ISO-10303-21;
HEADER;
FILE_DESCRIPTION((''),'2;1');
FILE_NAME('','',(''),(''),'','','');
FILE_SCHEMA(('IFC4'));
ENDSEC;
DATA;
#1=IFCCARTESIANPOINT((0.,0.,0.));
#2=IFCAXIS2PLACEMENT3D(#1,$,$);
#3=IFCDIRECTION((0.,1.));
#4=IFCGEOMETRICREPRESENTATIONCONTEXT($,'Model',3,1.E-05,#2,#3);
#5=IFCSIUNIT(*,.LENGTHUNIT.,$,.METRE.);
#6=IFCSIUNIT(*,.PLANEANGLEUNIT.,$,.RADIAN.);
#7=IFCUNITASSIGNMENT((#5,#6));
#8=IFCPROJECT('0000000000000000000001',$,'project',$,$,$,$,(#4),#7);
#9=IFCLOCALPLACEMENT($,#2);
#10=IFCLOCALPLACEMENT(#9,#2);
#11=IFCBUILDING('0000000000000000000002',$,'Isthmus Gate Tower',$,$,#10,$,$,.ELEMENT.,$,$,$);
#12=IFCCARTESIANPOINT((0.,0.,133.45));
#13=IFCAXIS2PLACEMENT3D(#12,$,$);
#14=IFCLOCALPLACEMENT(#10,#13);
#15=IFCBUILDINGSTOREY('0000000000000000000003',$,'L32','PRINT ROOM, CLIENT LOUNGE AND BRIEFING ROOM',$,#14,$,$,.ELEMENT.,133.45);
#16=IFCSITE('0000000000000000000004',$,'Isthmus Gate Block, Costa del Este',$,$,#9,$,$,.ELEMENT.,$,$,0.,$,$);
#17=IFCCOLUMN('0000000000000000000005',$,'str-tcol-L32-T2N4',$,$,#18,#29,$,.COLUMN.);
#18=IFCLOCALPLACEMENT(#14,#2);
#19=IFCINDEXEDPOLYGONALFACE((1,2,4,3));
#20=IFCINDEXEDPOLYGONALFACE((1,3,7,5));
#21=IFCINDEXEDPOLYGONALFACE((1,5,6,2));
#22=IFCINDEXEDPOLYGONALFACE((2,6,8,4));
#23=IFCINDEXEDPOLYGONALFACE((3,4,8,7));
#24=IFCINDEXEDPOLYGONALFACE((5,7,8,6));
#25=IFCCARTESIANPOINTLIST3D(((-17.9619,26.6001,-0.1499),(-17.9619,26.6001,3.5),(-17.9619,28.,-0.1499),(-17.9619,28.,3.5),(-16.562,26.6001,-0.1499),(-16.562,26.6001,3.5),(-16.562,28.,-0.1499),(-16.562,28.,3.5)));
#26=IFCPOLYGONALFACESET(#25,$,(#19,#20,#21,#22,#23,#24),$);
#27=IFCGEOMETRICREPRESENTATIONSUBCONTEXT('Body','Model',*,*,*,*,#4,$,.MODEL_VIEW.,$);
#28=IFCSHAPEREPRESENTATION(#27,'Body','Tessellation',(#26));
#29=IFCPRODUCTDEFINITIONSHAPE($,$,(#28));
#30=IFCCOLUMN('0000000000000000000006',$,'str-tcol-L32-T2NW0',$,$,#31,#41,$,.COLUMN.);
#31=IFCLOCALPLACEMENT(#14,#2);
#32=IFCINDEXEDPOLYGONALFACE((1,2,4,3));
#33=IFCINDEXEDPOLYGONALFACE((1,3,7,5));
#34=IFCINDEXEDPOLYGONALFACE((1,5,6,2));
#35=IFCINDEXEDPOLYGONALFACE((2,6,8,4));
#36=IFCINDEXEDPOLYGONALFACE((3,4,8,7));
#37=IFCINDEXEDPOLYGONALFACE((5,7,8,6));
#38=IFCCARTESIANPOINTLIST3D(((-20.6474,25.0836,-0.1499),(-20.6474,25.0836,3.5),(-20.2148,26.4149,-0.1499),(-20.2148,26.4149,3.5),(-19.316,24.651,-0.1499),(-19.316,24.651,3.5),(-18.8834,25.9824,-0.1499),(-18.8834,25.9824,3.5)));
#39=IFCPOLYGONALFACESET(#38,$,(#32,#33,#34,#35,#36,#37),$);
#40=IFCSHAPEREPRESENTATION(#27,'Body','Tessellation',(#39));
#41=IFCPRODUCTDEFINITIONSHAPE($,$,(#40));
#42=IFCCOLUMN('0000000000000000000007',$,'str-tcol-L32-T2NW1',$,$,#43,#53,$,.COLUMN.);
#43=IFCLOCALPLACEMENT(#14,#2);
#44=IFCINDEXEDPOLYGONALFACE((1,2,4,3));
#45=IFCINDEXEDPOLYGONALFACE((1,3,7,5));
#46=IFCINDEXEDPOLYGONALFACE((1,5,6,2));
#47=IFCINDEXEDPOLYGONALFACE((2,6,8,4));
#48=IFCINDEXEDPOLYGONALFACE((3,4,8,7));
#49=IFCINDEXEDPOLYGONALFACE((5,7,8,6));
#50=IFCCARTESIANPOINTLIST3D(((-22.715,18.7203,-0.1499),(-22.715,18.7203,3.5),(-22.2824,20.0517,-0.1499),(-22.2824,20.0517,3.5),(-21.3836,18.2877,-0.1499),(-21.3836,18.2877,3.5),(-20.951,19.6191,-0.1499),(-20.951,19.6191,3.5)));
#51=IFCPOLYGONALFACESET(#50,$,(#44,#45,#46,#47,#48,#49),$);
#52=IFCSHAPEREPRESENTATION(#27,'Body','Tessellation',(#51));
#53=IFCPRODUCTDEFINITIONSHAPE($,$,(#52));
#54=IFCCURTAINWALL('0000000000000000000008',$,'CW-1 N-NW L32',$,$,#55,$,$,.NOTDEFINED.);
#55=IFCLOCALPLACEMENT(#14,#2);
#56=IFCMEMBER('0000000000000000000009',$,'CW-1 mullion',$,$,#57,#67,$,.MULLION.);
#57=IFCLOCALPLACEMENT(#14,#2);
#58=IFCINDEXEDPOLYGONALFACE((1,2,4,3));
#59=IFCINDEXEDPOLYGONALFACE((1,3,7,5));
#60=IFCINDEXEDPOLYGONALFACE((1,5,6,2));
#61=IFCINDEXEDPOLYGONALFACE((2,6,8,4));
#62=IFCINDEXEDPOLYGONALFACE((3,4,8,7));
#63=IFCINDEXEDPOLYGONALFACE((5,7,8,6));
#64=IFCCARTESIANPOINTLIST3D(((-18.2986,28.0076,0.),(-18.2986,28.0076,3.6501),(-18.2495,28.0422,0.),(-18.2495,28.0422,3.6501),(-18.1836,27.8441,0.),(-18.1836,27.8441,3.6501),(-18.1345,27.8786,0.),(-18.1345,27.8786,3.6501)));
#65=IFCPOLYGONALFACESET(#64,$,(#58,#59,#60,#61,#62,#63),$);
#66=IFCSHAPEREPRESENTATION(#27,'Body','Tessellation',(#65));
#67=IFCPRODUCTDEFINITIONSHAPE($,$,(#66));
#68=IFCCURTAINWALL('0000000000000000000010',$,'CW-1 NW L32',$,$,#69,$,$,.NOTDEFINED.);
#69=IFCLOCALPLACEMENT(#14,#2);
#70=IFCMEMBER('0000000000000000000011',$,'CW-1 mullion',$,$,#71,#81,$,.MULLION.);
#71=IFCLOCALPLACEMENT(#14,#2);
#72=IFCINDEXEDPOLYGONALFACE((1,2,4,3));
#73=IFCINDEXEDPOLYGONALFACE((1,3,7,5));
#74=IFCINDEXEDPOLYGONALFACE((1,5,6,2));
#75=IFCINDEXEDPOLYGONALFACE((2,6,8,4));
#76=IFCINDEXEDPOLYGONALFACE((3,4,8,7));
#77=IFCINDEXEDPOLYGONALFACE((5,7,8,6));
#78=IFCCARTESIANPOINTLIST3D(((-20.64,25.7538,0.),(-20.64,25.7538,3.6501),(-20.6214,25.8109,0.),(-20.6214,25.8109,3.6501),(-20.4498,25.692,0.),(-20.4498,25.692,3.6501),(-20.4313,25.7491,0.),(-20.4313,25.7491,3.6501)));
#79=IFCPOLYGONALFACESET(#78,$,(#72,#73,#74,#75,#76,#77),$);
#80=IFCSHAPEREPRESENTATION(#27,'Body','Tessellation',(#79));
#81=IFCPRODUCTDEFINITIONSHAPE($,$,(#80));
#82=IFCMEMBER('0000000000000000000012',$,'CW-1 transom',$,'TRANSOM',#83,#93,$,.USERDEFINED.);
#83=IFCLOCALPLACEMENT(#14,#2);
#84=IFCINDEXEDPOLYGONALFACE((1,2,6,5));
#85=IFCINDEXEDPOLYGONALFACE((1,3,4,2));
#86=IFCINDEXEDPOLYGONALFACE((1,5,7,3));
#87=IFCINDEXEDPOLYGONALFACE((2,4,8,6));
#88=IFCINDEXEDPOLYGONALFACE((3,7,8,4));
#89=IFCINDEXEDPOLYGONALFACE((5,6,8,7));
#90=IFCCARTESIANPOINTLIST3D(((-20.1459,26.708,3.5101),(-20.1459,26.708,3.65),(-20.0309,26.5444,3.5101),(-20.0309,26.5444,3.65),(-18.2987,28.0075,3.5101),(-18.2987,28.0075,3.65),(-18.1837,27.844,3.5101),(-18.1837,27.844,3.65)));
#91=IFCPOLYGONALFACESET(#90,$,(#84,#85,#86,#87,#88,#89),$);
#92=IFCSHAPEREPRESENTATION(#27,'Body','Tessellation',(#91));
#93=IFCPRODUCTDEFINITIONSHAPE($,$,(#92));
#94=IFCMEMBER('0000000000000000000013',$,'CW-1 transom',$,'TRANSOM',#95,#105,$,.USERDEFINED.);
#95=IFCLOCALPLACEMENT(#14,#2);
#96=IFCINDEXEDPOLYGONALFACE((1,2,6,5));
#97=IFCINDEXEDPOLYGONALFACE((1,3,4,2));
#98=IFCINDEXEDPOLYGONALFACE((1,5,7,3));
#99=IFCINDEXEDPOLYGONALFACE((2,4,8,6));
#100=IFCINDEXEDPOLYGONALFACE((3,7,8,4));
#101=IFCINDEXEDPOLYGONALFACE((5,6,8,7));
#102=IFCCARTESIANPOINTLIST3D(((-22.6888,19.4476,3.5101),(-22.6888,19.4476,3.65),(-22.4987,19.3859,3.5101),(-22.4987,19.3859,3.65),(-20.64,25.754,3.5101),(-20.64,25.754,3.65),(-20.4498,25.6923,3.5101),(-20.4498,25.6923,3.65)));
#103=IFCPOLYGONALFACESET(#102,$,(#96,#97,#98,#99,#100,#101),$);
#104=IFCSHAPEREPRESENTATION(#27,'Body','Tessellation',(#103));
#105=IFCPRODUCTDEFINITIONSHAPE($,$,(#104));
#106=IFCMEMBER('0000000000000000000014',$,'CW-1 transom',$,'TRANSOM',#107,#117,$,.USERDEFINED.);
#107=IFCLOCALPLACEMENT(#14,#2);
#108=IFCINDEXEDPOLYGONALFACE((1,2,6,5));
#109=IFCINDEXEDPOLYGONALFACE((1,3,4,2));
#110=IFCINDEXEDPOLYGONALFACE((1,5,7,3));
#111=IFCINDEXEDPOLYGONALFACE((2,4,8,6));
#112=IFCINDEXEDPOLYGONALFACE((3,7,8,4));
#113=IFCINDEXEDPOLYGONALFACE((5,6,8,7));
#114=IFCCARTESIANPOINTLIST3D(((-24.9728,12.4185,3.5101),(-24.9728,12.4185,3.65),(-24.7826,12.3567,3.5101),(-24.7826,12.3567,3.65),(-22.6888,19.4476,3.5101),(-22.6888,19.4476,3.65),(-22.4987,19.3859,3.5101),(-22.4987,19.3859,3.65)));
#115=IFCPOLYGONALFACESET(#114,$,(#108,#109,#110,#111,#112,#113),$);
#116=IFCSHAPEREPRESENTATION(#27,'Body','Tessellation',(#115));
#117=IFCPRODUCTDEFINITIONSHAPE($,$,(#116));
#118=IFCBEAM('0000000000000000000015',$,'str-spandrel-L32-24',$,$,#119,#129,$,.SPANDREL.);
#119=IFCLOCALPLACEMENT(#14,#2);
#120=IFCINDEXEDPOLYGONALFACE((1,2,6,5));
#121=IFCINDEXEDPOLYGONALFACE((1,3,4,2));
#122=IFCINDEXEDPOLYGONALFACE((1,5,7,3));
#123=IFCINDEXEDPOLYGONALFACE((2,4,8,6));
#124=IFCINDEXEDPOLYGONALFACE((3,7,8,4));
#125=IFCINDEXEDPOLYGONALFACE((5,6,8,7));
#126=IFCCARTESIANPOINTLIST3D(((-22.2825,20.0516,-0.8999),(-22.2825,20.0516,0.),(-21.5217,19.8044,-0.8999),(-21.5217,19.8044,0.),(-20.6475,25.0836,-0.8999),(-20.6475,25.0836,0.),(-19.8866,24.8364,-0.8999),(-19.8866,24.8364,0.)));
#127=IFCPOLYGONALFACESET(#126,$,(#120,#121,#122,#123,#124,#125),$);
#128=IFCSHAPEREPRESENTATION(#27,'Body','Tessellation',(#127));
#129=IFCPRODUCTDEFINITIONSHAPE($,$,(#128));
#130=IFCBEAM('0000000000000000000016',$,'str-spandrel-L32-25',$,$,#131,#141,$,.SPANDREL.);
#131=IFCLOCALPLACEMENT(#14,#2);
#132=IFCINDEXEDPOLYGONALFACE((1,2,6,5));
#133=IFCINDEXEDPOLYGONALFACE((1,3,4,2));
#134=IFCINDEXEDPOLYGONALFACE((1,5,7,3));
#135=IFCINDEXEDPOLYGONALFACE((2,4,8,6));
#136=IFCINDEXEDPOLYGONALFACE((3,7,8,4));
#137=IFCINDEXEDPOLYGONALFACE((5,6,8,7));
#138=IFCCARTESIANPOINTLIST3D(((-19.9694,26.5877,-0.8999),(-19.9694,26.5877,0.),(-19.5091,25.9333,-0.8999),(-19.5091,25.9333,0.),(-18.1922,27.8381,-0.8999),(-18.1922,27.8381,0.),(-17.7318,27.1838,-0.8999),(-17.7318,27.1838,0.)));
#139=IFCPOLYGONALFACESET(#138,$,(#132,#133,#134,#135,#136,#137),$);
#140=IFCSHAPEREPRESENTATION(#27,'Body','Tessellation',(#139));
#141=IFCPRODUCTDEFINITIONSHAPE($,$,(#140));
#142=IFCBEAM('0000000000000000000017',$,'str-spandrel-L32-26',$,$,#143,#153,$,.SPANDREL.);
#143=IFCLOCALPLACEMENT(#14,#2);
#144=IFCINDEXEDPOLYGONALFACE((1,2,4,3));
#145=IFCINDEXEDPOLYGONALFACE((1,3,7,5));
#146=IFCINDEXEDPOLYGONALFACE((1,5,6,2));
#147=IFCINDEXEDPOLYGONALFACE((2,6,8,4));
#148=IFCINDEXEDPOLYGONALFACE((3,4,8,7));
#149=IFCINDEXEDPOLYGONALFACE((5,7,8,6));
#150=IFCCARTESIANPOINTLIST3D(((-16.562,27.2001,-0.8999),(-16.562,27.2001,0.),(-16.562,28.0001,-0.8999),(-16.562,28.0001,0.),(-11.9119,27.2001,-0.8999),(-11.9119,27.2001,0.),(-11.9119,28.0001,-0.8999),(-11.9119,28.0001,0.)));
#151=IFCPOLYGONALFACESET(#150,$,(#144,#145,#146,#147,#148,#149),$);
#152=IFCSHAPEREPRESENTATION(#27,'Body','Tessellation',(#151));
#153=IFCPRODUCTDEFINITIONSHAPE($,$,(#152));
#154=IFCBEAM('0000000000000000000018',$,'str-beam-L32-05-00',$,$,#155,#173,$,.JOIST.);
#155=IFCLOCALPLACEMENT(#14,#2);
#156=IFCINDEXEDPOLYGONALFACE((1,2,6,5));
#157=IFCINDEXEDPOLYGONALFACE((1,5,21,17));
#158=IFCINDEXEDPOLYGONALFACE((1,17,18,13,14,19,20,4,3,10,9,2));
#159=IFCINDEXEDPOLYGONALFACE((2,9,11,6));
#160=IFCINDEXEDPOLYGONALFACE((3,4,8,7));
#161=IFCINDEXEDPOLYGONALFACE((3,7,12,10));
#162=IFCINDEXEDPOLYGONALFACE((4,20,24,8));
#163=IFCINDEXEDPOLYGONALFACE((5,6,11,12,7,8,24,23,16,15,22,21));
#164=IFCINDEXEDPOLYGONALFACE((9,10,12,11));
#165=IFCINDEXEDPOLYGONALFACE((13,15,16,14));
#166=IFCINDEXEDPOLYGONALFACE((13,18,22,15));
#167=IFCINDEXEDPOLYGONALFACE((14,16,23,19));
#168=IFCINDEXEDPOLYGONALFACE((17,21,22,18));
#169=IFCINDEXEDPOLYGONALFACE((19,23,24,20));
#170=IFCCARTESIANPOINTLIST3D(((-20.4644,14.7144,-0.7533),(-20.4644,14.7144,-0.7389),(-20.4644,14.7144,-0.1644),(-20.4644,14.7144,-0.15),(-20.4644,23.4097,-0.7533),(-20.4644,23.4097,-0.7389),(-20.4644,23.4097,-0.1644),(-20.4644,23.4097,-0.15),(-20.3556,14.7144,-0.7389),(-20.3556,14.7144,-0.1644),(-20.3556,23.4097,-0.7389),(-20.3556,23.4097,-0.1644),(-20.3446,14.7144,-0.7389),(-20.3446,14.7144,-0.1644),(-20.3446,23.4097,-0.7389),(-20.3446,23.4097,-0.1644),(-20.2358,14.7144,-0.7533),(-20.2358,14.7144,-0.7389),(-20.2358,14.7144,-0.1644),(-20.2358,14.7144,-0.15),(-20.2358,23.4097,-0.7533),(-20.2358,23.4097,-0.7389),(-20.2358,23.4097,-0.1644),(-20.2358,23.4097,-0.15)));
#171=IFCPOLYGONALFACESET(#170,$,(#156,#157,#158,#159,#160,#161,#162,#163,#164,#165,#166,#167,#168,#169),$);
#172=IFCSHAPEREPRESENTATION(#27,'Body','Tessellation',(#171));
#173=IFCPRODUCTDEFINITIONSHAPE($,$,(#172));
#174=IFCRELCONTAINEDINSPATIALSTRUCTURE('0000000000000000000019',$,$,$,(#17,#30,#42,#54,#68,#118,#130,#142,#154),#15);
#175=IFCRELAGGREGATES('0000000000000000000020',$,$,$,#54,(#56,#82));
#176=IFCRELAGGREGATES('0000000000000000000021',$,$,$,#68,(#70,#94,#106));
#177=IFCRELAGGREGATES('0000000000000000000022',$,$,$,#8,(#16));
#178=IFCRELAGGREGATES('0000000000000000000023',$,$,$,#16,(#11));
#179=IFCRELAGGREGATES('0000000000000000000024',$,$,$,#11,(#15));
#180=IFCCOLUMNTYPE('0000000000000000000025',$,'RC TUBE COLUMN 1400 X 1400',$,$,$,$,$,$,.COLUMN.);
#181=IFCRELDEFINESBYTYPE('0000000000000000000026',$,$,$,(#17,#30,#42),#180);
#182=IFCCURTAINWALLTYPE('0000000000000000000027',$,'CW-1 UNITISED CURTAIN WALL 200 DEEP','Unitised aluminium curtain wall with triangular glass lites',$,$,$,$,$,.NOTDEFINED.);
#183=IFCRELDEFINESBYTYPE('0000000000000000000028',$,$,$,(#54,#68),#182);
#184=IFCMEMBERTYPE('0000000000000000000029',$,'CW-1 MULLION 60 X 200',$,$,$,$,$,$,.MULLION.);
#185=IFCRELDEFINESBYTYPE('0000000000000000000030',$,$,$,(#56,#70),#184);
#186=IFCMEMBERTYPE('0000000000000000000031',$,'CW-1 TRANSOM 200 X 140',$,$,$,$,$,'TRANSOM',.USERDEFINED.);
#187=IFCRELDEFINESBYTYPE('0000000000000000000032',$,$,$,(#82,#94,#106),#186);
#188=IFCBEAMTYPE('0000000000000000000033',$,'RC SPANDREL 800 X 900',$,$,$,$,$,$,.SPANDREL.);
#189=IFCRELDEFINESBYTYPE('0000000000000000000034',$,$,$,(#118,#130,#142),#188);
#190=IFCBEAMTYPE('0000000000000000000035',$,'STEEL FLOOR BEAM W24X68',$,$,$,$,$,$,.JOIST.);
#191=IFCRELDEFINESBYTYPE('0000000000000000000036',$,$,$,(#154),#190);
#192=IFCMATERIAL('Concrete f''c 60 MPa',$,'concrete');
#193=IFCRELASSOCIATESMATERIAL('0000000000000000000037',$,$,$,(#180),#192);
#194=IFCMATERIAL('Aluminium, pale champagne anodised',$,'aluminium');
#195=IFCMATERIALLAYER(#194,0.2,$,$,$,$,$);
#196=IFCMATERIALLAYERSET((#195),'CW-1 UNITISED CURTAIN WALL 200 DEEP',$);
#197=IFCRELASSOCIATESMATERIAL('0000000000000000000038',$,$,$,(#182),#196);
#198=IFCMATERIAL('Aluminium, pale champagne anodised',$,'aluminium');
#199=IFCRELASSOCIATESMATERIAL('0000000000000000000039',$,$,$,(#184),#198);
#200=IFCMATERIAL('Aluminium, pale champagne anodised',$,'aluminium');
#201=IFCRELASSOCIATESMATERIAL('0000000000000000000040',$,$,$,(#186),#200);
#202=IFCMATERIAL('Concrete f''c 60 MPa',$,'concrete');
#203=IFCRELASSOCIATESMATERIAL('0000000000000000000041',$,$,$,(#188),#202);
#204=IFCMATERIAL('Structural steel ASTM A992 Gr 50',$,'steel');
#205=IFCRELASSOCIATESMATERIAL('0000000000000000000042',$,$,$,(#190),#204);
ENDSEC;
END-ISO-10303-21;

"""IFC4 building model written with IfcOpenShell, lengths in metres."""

from ifc_helpers import new_model, si_unit, direction, frame, origin, origin_2d, place, context, subcontext, project, spatial, rectangle, i_section, extrude, material, layer, layer_set, material_profile, profile_set, type_object, element, aggregate, save


model = new_model("IFC4")

# Units and contexts
model_context = context("Model", 3, precision=1e-05, world=origin(), true_north=direction((0.0, 1.0)))
body_context = subcontext(model_context, "Body", "Model", "MODEL_VIEW")
ifc_project = project(units=[si_unit("LENGTHUNIT", "METRE"), si_unit("PLANEANGLEUNIT", "RADIAN")], contexts=[model_context])

# Site, building, storey
site_placement = place(None, origin())
site = spatial("IfcSite", under=ifc_project, at=site_placement, Name="Isthmus Gate Block, Costa del Este", CompositionType="ELEMENT", RefElevation=0.0)
building_placement = place(site_placement, origin())
building = spatial("IfcBuilding", under=site, at=building_placement, Name="Isthmus Gate Tower", CompositionType="ELEMENT")
storey_placement = place(building_placement, frame((0.0, 0.0, 133.45)))
storey = spatial("IfcBuildingStorey", under=building, at=storey_placement, Name="L32", Description="PRINT ROOM, CLIENT LOUNGE AND BRIEFING ROOM", CompositionType="ELEMENT", Elevation=133.45)

# Columns
ifc_material_1 = material(Name="Concrete f'c 60 MPa", Category="concrete")
ifc_material_profile_1 = material_profile(ifc_material_1, rectangle(XDim=1.3999, YDim=1.3999, at=origin_2d()), Name="RC 1400X1400")
ifc_profile_set_1 = profile_set([ifc_material_profile_1], Name="Concrete f'c 60 MPa")
column_type = type_object("IfcColumnType", Name="RC TUBE COLUMN 1400 X 1400", PredefinedType="COLUMN", material=ifc_profile_set_1)
for number, where, z_axis, x_axis, name in (
    (1, (-17.262, 27.3, -0.1499), (0.0, 0.0, 1.0), (-1.0, 0.0, 0.0), "str-tcol-L32-T2N4"),
    (2, (-19.7654, 25.533, -0.1499), (0.0, 0.0, 1.0), (-0.309017, -0.951057, 0.0), "str-tcol-L32-T2NW0"),
    (3, (-21.833, 19.1697, -0.1499), (0.0, 0.0, 1.0), (-0.309017, -0.951057, 0.0), "str-tcol-L32-T2NW1"),
):
    element("IfcColumn", number, at=place(storey_placement, frame(where, z_axis=z_axis, x_axis=x_axis)), inside=storey, type_object=column_type, Name=name, PredefinedType="COLUMN", context=body_context, shape_type="SweptSolid", body=[
        extrude(rectangle(XDim=1.3999, YDim=1.3999, at=origin_2d()), origin(), (0.0, 0.0, 1.0), 3.6499),
    ])

# Curtain walls, members
ifc_material_2 = material(Name="Aluminium, pale champagne anodised", Category="aluminium")
ifc_layer_1 = layer(ifc_material_2, 0.2)
ifc_layer_set_1 = layer_set([ifc_layer_1], Name="CW-1 UNITISED CURTAIN WALL 200 DEEP")
curtain_wall_type = type_object("IfcCurtainWallType", Name="CW-1 UNITISED CURTAIN WALL 200 DEEP", Description="Unitised aluminium curtain wall with triangular glass lites", PredefinedType="NOTDEFINED", material=ifc_layer_set_1)
curtain_wall_1_placement = place(storey_placement, origin())
curtain_wall_1 = element("IfcCurtainWall", 4, at=curtain_wall_1_placement, inside=storey, type_object=curtain_wall_type, Name="CW-1 N-NW L32", PredefinedType="NOTDEFINED")
ifc_material_3 = material(Name="Aluminium, pale champagne anodised", Category="aluminium")
ifc_material_profile_2 = material_profile(ifc_material_3, rectangle(XDim=0.0601, YDim=0.2, at=origin_2d()), Name="60x200")
ifc_profile_set_2 = profile_set([ifc_material_profile_2], Name="Aluminium, pale champagne anodised")
member_type_1 = type_object("IfcMemberType", Name="CW-1 MULLION 60 X 200", PredefinedType="MULLION", material=ifc_profile_set_2)
member_1_placement = place(storey_placement, frame((-18.2166, 27.9431, 0.0), z_axis=(0.0, 0.0, 1.0), x_axis=(-0.81786, -0.575418, 0.0)))
member_1 = element("IfcMember", 5, at=member_1_placement, type_object=member_type_1, Name="CW-1 mullion", PredefinedType="MULLION", context=body_context, shape_type="SweptSolid", body=[
    extrude(rectangle(XDim=0.0601, YDim=0.2, at=origin_2d()), origin(), (0.0, 0.0, 1.0), 3.6501),
])
curtain_wall_2_placement = place(storey_placement, origin())
curtain_wall_2 = element("IfcCurtainWall", 6, at=curtain_wall_2_placement, inside=storey, type_object=curtain_wall_type, Name="CW-1 NW L32", PredefinedType="NOTDEFINED")
member_2_placement = place(storey_placement, frame((-20.5356, 25.7515, 0.0), z_axis=(0.0, 0.0, 1.0), x_axis=(-0.309017, -0.951057, 0.0)))
member_2 = element("IfcMember", 7, at=member_2_placement, type_object=member_type_1, Name="CW-1 mullion", PredefinedType="MULLION", context=body_context, shape_type="SweptSolid", body=[
    extrude(rectangle(XDim=0.0601, YDim=0.2, at=origin_2d()), origin(), (0.0, 0.0, 1.0), 3.6501),
])

# Members
ifc_material_4 = material(Name="Aluminium, pale champagne anodised", Category="aluminium")
ifc_material_profile_3 = material_profile(ifc_material_4, rectangle(XDim=0.2, YDim=0.1399, at=origin_2d()), Name="200x140")
ifc_profile_set_3 = profile_set([ifc_material_profile_3], Name="Aluminium, pale champagne anodised")
member_type_2 = type_object("IfcMemberType", Name="CW-1 TRANSOM 200 X 140", ElementType="TRANSOM", PredefinedType="USERDEFINED", material=ifc_profile_set_3)
member_3_placement = place(storey_placement, frame((-18.2412, 27.9258, 3.5801), z_axis=(-0.817869, -0.575405, 0.0), x_axis=(0.575405, -0.817869, 0.0)))
member_3 = element("IfcMember", 8, at=member_3_placement, type_object=member_type_2, Name="CW-1 transom", ObjectType="TRANSOM", PredefinedType="USERDEFINED", context=body_context, shape_type="SweptSolid", body=[
    extrude(rectangle(XDim=0.2, YDim=0.1399, at=origin_2d()), origin(), (0.0, 0.0, 1.0), 2.2585),
])
member_4_placement = place(storey_placement, frame((-20.5449, 25.7231, 3.5801), z_axis=(-0.308984, -0.951067, 0.0), x_axis=(0.951067, -0.308984, 0.0)))
member_4 = element("IfcMember", 9, at=member_4_placement, type_object=member_type_2, Name="CW-1 transom", ObjectType="TRANSOM", PredefinedType="USERDEFINED", context=body_context, shape_type="SweptSolid", body=[
    extrude(rectangle(XDim=0.2, YDim=0.1399, at=origin_2d()), origin(), (0.0, 0.0, 1.0), 6.6309),
])
member_5_placement = place(storey_placement, frame((-22.5938, 19.4167, 3.5801), z_axis=(-0.309024, -0.951054, 0.0), x_axis=(0.951054, -0.309024, 0.0)))
member_5 = element("IfcMember", 10, at=member_5_placement, type_object=member_type_2, Name="CW-1 transom", ObjectType="TRANSOM", PredefinedType="USERDEFINED", context=body_context, shape_type="SweptSolid", body=[
    extrude(rectangle(XDim=0.2, YDim=0.1399, at=origin_2d()), origin(), (0.0, 0.0, 1.0), 7.3909),
])

# Beams
ifc_material_5 = material(Name="Concrete f'c 60 MPa", Category="concrete")
ifc_material_profile_4 = material_profile(ifc_material_5, rectangle(XDim=0.8, YDim=0.8999, at=origin_2d()), Name="RC 800X900")
ifc_profile_set_4 = profile_set([ifc_material_profile_4], Name="Concrete f'c 60 MPa")
beam_type_1 = type_object("IfcBeamType", Name="RC SPANDREL 800 X 900", PredefinedType="SPANDREL", material=ifc_profile_set_4)
beam_1_placement = place(storey_placement, frame((-21.9021, 19.928, -0.45), z_axis=(0.30902, 0.951055, 0.0), x_axis=(-0.951055, 0.30902, 0.0)))
element("IfcBeam", 11, at=beam_1_placement, inside=storey, type_object=beam_type_1, Name="str-spandrel-L32-24", PredefinedType="SPANDREL", context=body_context, shape_type="SweptSolid", body=[
    extrude(rectangle(XDim=0.8, YDim=0.8999, at=origin_2d()), origin(), (0.0, 0.0, 1.0), 5.291),
])
beam_2_placement = place(storey_placement, frame((-19.7393, 26.2605, -0.45), z_axis=(0.817857, 0.575421, 0.0), x_axis=(-0.575421, 0.817857, 0.0)))
element("IfcBeam", 12, at=beam_2_placement, inside=storey, type_object=beam_type_1, Name="str-spandrel-L32-25", PredefinedType="SPANDREL", context=body_context, shape_type="SweptSolid", body=[
    extrude(rectangle(XDim=0.8, YDim=0.8999, at=origin_2d()), origin(), (0.0, 0.0, 1.0), 2.1731),
])
beam_3_placement = place(storey_placement, frame((-16.562, 27.6001, -0.45), z_axis=(1.0, 0.0, 0.0), x_axis=(0.0, 1.0, 0.0)))
element("IfcBeam", 13, at=beam_3_placement, inside=storey, type_object=beam_type_1, Name="str-spandrel-L32-26", PredefinedType="SPANDREL", context=body_context, shape_type="SweptSolid", body=[
    extrude(rectangle(XDim=0.8, YDim=0.8999, at=origin_2d()), origin(), (0.0, 0.0, 1.0), 4.6501),
])
ifc_material_6 = material(Name="Structural steel ASTM A992 Gr 50", Category="steel")
ifc_material_profile_5 = material_profile(ifc_material_6, i_section(OverallWidth=0.2285, OverallDepth=0.6033, WebThickness=0.011, FlangeThickness=0.0144, at=origin_2d()), Name="W24X68")
ifc_profile_set_5 = profile_set([ifc_material_profile_5], Name="Structural steel ASTM A992 Gr 50")
beam_type_2 = type_object("IfcBeamType", Name="STEEL FLOOR BEAM W24X68", PredefinedType="JOIST", material=ifc_profile_set_5)
beam_4_placement = place(storey_placement, frame((-20.3501, 14.7144, -0.4517), z_axis=(0.0, 1.0, 0.0), x_axis=(-1.0, 0.0, 0.0)))
element("IfcBeam", 14, at=beam_4_placement, inside=storey, type_object=beam_type_2, Name="str-beam-L32-05-00", PredefinedType="JOIST", context=body_context, shape_type="SweptSolid", body=[
    extrude(i_section(OverallWidth=0.2285, OverallDepth=0.6033, WebThickness=0.011, FlangeThickness=0.0144, at=origin_2d()), origin(), (0.0, 0.0, 1.0), 8.6953),
])

aggregate(curtain_wall_1, [member_1, member_3])

aggregate(curtain_wall_2, [member_2, member_4, member_5])

save(model, "model.ifc")
